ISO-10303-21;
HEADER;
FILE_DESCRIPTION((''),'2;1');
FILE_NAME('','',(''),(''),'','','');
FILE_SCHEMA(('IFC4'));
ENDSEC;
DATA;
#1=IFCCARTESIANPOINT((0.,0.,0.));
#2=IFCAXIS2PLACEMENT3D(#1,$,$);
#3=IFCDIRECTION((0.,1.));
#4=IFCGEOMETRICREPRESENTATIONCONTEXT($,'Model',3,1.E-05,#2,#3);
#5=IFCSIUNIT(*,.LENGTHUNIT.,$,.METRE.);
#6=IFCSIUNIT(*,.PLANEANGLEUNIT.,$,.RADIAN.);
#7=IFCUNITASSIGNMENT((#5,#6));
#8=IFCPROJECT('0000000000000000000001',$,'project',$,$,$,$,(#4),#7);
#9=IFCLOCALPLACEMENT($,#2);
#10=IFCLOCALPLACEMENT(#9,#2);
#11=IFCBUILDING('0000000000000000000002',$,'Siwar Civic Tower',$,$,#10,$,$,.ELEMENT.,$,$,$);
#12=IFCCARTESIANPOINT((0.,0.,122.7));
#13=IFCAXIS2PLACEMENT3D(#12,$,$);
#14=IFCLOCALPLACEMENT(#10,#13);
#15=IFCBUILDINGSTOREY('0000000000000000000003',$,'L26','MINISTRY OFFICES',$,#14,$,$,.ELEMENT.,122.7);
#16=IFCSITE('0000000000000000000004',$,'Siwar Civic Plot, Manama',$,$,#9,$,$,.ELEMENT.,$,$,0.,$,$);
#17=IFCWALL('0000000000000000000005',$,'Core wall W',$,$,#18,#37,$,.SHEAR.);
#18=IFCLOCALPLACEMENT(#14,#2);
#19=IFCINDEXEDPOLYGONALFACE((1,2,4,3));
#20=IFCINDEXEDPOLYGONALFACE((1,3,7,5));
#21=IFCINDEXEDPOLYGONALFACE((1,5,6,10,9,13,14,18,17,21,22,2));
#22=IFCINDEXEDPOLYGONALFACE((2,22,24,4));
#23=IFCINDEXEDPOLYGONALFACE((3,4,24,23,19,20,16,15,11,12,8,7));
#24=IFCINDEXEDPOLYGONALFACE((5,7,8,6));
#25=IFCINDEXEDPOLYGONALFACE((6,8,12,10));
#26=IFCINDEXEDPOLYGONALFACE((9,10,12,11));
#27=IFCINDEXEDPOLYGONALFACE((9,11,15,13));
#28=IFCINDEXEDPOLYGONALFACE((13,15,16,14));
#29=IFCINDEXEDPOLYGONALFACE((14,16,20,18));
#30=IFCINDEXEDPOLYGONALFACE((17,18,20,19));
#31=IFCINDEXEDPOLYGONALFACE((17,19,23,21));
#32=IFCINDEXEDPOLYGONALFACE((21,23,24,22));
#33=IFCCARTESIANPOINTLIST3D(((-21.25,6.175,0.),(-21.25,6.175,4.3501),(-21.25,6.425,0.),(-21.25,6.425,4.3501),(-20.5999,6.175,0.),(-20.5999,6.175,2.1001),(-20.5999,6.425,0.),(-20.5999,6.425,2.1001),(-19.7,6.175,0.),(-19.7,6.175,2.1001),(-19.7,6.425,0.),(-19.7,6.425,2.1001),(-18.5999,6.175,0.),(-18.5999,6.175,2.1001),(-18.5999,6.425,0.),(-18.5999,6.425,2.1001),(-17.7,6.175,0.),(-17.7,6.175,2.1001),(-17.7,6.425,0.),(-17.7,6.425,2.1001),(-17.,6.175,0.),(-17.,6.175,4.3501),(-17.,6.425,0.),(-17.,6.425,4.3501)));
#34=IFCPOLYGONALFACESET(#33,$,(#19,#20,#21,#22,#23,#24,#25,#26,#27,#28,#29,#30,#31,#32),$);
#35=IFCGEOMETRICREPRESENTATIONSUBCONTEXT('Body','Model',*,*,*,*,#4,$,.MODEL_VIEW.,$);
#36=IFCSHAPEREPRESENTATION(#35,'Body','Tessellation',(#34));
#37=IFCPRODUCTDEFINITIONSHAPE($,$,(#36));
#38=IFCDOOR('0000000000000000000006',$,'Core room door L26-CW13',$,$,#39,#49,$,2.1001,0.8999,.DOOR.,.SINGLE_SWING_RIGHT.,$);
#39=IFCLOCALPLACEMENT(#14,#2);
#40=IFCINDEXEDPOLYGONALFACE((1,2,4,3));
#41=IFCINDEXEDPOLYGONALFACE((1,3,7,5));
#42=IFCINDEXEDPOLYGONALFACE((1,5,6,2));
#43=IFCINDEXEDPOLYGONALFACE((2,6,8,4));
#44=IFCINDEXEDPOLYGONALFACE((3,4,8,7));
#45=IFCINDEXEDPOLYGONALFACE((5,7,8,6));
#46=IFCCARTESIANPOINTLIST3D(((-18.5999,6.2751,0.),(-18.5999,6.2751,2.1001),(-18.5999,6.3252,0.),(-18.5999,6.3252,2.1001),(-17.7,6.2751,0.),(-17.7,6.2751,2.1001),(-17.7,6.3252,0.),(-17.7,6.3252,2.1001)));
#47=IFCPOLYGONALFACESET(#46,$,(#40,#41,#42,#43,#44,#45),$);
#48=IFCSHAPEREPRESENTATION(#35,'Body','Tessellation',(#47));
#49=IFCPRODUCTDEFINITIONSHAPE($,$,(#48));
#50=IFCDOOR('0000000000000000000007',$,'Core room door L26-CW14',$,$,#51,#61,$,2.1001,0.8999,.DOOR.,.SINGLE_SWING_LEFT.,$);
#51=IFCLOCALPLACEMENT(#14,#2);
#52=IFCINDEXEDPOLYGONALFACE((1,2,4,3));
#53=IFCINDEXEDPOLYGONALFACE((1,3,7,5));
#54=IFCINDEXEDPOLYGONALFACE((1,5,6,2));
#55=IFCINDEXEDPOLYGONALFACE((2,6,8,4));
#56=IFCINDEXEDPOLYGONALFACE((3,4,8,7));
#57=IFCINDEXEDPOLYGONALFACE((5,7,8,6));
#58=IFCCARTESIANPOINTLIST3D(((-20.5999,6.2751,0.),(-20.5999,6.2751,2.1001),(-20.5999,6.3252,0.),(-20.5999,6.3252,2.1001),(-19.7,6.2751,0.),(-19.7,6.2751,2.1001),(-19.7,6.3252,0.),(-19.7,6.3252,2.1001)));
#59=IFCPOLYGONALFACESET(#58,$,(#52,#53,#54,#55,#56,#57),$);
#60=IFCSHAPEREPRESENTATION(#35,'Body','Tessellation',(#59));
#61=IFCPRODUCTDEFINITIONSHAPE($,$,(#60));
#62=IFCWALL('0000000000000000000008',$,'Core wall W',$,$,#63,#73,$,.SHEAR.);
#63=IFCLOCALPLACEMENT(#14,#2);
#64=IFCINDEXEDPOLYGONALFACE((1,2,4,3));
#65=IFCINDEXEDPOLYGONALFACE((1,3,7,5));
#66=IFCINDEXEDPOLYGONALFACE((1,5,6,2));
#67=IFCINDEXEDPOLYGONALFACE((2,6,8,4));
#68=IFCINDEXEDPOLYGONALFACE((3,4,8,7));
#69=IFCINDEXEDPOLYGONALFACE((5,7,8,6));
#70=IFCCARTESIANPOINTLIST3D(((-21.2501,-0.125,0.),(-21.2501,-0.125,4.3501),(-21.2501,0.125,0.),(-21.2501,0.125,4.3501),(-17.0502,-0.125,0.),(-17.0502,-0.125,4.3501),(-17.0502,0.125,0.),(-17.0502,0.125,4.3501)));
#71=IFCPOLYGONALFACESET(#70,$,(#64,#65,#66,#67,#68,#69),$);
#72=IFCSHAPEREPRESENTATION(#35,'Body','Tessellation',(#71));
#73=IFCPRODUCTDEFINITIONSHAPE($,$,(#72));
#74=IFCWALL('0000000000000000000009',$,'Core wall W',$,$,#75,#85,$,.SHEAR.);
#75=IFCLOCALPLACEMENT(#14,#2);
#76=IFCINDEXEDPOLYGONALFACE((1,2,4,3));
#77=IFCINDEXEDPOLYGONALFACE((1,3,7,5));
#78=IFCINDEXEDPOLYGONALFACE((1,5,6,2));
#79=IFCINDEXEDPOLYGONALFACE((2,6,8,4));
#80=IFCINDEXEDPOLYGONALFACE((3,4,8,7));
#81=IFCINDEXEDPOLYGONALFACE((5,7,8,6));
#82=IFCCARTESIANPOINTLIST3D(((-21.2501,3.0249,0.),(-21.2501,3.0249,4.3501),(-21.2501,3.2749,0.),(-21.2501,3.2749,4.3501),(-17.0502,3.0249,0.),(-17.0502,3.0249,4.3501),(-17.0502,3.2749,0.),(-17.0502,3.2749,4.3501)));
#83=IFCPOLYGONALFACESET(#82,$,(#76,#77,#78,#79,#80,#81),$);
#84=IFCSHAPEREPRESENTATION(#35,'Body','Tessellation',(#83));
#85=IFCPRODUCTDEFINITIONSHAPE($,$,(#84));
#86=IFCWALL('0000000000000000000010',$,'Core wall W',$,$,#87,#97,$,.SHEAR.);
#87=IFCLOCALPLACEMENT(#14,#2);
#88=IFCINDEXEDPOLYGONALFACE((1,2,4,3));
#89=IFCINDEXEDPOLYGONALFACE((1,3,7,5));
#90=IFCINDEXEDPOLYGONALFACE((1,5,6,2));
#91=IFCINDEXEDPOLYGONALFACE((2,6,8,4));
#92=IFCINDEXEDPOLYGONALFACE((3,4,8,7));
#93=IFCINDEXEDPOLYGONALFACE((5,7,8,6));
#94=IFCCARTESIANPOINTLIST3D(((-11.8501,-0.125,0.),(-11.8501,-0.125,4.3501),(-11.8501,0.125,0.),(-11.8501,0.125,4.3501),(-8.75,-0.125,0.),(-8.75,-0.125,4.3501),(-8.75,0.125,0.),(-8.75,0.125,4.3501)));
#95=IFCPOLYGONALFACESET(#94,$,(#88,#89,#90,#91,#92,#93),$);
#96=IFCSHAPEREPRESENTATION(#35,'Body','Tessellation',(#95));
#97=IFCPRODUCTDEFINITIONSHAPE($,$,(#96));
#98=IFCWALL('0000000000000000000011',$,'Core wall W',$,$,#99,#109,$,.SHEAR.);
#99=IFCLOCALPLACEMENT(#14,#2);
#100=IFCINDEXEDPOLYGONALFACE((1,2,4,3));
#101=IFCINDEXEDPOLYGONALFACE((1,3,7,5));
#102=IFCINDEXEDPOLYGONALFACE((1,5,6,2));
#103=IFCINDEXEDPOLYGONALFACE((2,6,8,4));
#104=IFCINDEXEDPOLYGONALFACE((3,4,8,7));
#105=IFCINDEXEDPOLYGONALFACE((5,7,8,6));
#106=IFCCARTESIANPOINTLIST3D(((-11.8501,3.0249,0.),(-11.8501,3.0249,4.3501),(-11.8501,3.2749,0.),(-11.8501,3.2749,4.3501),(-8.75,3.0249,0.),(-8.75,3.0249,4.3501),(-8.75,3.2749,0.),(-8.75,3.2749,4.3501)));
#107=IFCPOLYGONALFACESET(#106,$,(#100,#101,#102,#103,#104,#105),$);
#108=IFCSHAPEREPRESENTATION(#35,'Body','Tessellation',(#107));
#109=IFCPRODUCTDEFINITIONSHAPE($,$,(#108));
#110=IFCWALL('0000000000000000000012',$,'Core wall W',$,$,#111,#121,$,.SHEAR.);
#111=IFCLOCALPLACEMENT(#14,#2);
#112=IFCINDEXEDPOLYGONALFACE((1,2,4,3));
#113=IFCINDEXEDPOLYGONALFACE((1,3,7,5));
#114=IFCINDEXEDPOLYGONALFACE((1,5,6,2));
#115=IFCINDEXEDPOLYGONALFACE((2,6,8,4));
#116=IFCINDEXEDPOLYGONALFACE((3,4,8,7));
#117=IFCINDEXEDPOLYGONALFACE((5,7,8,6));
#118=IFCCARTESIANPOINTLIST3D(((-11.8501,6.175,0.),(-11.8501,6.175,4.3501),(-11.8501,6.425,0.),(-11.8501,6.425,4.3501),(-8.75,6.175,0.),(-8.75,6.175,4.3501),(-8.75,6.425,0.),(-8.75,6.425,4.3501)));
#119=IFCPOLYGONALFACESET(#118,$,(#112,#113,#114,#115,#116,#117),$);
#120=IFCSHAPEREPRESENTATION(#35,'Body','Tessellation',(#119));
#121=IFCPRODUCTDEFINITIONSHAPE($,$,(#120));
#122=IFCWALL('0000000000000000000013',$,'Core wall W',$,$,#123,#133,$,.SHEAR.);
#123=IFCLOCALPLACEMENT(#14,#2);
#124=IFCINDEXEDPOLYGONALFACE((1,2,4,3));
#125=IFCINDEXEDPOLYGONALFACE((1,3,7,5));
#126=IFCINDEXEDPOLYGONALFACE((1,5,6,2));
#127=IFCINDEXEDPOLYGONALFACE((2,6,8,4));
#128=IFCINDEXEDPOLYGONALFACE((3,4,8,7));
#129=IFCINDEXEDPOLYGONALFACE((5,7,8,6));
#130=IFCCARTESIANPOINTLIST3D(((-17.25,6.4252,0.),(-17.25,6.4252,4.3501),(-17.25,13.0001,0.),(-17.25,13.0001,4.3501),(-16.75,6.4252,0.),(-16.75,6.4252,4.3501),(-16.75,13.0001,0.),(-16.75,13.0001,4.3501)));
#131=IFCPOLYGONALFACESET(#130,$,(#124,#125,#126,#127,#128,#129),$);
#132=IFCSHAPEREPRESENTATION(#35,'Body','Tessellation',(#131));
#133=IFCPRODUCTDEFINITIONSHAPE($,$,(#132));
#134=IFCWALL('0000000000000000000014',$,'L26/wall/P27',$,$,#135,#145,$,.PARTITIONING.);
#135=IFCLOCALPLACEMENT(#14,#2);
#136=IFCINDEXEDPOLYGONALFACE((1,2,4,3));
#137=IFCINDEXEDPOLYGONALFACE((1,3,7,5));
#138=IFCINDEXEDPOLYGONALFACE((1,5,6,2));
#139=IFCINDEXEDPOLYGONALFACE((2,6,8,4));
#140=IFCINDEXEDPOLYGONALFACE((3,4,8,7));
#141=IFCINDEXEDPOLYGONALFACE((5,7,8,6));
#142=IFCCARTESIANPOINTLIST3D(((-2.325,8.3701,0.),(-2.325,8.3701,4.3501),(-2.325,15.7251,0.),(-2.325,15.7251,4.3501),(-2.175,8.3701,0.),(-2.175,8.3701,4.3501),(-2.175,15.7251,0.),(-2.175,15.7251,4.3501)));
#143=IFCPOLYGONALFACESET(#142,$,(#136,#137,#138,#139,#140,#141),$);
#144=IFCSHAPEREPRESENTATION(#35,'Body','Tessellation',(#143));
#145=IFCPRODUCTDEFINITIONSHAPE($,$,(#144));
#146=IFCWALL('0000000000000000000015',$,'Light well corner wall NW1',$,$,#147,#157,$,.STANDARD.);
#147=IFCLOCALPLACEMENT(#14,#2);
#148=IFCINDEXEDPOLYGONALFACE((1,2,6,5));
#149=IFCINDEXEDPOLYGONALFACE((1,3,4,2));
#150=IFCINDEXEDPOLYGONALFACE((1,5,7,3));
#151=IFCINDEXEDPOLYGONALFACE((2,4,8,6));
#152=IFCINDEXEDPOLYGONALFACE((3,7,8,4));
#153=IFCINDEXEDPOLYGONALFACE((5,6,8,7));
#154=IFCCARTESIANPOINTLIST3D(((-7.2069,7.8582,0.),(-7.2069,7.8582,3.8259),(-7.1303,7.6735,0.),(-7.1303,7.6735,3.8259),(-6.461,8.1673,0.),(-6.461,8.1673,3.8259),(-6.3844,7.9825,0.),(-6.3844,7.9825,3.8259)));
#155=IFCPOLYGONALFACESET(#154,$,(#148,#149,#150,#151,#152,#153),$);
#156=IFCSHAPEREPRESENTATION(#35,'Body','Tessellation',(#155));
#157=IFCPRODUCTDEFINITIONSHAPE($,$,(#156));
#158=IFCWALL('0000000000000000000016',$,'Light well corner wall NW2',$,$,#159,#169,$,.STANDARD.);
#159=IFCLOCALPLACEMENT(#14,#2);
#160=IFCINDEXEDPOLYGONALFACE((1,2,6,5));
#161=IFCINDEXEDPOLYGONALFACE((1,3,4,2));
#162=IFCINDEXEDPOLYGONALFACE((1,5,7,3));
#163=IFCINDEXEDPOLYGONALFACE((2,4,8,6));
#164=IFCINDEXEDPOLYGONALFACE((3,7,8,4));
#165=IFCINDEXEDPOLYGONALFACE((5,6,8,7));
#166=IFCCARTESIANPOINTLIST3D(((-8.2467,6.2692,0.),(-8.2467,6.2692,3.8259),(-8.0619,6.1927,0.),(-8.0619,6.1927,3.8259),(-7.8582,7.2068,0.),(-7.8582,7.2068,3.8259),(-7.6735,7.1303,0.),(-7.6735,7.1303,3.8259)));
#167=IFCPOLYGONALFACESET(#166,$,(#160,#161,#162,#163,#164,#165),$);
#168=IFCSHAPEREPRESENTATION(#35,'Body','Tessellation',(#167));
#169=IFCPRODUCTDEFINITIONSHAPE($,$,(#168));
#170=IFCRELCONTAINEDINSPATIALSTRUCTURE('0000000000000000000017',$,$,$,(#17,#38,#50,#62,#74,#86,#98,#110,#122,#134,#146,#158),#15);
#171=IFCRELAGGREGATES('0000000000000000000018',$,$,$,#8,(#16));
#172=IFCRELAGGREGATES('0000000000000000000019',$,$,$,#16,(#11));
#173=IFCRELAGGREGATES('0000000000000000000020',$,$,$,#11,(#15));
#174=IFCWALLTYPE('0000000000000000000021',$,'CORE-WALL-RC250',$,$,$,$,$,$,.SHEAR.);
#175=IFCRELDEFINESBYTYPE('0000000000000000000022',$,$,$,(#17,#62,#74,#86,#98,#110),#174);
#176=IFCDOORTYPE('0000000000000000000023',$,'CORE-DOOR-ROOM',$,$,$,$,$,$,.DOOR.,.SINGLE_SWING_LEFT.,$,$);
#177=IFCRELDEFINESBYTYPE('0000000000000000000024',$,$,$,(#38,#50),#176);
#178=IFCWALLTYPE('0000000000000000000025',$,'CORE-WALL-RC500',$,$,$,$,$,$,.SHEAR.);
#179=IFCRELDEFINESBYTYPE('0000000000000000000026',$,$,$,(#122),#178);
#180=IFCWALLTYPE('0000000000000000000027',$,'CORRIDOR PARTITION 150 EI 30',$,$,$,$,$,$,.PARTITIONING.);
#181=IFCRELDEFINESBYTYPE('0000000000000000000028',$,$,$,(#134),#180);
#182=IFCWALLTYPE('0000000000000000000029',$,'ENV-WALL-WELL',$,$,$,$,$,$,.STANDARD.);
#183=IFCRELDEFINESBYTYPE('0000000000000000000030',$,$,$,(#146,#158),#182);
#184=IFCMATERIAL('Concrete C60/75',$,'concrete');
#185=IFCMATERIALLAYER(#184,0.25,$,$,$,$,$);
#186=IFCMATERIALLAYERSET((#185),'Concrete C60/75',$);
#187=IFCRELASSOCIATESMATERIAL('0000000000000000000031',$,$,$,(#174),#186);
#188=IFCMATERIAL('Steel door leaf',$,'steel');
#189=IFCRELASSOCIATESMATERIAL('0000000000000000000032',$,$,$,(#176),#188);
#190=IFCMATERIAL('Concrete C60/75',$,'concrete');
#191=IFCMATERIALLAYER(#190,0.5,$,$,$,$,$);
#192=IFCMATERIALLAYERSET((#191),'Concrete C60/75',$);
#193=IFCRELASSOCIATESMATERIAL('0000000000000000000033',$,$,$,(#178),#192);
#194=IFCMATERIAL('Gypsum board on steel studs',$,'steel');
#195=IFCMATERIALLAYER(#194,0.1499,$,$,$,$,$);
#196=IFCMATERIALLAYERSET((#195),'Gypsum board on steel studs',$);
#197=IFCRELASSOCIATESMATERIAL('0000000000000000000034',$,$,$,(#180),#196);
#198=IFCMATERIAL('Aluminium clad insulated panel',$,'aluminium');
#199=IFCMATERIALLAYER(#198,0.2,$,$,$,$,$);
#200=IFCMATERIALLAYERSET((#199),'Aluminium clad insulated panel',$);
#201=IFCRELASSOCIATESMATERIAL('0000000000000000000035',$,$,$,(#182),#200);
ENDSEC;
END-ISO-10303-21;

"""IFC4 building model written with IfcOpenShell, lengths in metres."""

from ifc_helpers import new_model, si_unit, direction, frame, frame_2d, origin, place, context, subcontext, project, spatial, rectangle, extrude, material, layer, layer_set, type_object, element, fill, save


model = new_model("IFC4")

# Units and contexts
model_context = context("Model", 3, precision=1e-05, world=origin(), true_north=direction((0.0, 1.0)))
body_context = subcontext(model_context, "Body", "Model", "MODEL_VIEW")
ifc_project = project(units=[si_unit("LENGTHUNIT", "METRE"), si_unit("PLANEANGLEUNIT", "RADIAN")], contexts=[model_context])

# Site, building, storey
site_placement = place(None, origin())
site = spatial("IfcSite", under=ifc_project, at=site_placement, Name="Siwar Civic Plot, Manama", CompositionType="ELEMENT", RefElevation=0.0)
building_placement = place(site_placement, origin())
building = spatial("IfcBuilding", under=site, at=building_placement, Name="Siwar Civic Tower", CompositionType="ELEMENT")
storey_placement = place(building_placement, frame((0.0, 0.0, 122.7)))
storey = spatial("IfcBuildingStorey", under=building, at=storey_placement, Name="L26", Description="MINISTRY OFFICES", CompositionType="ELEMENT", Elevation=122.7)

# Shared definitions
ifc_material_1 = material(Name="Concrete C60/75", Category="concrete")
ifc_layer_1 = layer(ifc_material_1, 0.25)
ifc_layer_set_1 = layer_set([ifc_layer_1], Name="Concrete C60/75")
wall_type_1 = type_object("IfcWallType", Name="CORE-WALL-RC250", PredefinedType="SHEAR", material=ifc_layer_set_1)

# Wall, openings, doors
wall_1_placement = place(storey_placement, frame((-17.0, 6.3, 0.0), z_axis=(0.0, 0.0, 1.0), x_axis=(-1.0, 0.0, 0.0)))
wall_1 = element("IfcWall", 1, at=wall_1_placement, inside=storey, type_object=wall_type_1, Name="Core wall W", PredefinedType="SHEAR", context=body_context, shape_type="SweptSolid", body=[
    extrude(rectangle(XDim=4.25, YDim=0.25, at=frame_2d((2.125, 0.0))), origin(), (0.0, 0.0, 1.0), 4.3501),
])
opening_1_placement = place(wall_1_placement, frame((0.7, 0.0, 0.0)))
opening_1 = element("IfcOpeningElement", 2, at=opening_1_placement, cuts=wall_1, PredefinedType="OPENING", context=body_context, shape_type="SweptSolid", body=[
    extrude(rectangle(XDim=0.8999, YDim=2.1001, at=frame_2d((0.45, 1.05))), frame((0.0, 0.135, 0.0), z_axis=(0.0, -1.0, 0.0), x_axis=(1.0, 0.0, 0.0)), (0.0, 0.0, 1.0), 0.27),
])
opening_2_placement = place(wall_1_placement, frame((2.7, 0.0, 0.0)))
opening_2 = element("IfcOpeningElement", 3, at=opening_2_placement, cuts=wall_1, PredefinedType="OPENING", context=body_context, shape_type="SweptSolid", body=[
    extrude(rectangle(XDim=0.8999, YDim=2.1001, at=frame_2d((0.45, 1.05))), frame((0.0, 0.135, 0.0), z_axis=(0.0, -1.0, 0.0), x_axis=(1.0, 0.0, 0.0)), (0.0, 0.0, 1.0), 0.27),
])
ifc_material_2 = material(Name="Steel door leaf", Category="steel")
door_type_1 = type_object("IfcDoorType", Name="CORE-DOOR-ROOM", OperationType="SINGLE_SWING_LEFT", PredefinedType="DOOR", material=ifc_material_2)
door_1_placement = place(opening_1_placement, origin())
door_1 = element("IfcDoor", 4, at=door_1_placement, inside=storey, type_object=door_type_1, Name="Core room door L26-CW13", OperationType="SINGLE_SWING_RIGHT", OverallHeight=2.1001, OverallWidth=0.8999, PredefinedType="DOOR", context=body_context, shape_type="SweptSolid", body=[
    extrude(rectangle(XDim=0.8999, YDim=2.1001, at=frame_2d((0.45, 1.05))), frame((0.0, 0.0249, 0.0), z_axis=(0.0, -1.0, 0.0), x_axis=(1.0, 0.0, 0.0)), (0.0, 0.0, 1.0), 0.05),
])
fill(opening_1, door_1)
door_2_placement = place(opening_2_placement, origin())
door_2 = element("IfcDoor", 5, at=door_2_placement, inside=storey, type_object=door_type_1, Name="Core room door L26-CW14", OperationType="SINGLE_SWING_LEFT", OverallHeight=2.1001, OverallWidth=0.8999, PredefinedType="DOOR", context=body_context, shape_type="SweptSolid", body=[
    extrude(rectangle(XDim=0.8999, YDim=2.1001, at=frame_2d((0.45, 1.05))), frame((0.0, 0.0249, 0.0), z_axis=(0.0, -1.0, 0.0), x_axis=(1.0, 0.0, 0.0)), (0.0, 0.0, 1.0), 0.05),
])
fill(opening_2, door_2)

# Walls
for number, where, z_axis, x_axis, name in (
    (6, (-17.05, 0.0, 0.0), (0.0, 0.0, 1.0), (-1.0, 0.0, 0.0), "Core wall W"),
    (7, (-17.05, 3.1499, 0.0), (0.0, 0.0, 1.0), (-1.0, 0.0, 0.0), "Core wall W"),
):
    element("IfcWall", number, at=place(storey_placement, frame(where, z_axis=z_axis, x_axis=x_axis)), inside=storey, type_object=wall_type_1, Name=name, PredefinedType="SHEAR", context=body_context, shape_type="SweptSolid", body=[
        extrude(rectangle(XDim=4.2, YDim=0.25, at=frame_2d((2.1001, 0.0))), origin(), (0.0, 0.0, 1.0), 4.3501),
    ])
for number, where, z_axis, x_axis, name in (
    (8, (-8.75, 0.0, 0.0), (0.0, 0.0, 1.0), (-1.0, 0.0, 0.0), "Core wall W"),
    (9, (-8.75, 3.1499, 0.0), (0.0, 0.0, 1.0), (-1.0, 0.0, 0.0), "Core wall W"),
    (10, (-8.75, 6.3, 0.0), (0.0, 0.0, 1.0), (-1.0, 0.0, 0.0), "Core wall W"),
):
    element("IfcWall", number, at=place(storey_placement, frame(where, z_axis=z_axis, x_axis=x_axis)), inside=storey, type_object=wall_type_1, Name=name, PredefinedType="SHEAR", context=body_context, shape_type="SweptSolid", body=[
        extrude(rectangle(XDim=3.1001, YDim=0.25, at=frame_2d((1.55, 0.0))), origin(), (0.0, 0.0, 1.0), 4.3501),
    ])
ifc_material_3 = material(Name="Concrete C60/75", Category="concrete")
ifc_layer_2 = layer(ifc_material_3, 0.5)
ifc_layer_set_2 = layer_set([ifc_layer_2], Name="Concrete C60/75")
wall_type_2 = type_object("IfcWallType", Name="CORE-WALL-RC500", PredefinedType="SHEAR", material=ifc_layer_set_2)
wall_2_placement = place(storey_placement, frame((-17.0, 6.425, 0.0), z_axis=(0.0, 0.0, 1.0), x_axis=(0.0, 1.0, 0.0)))
element("IfcWall", 11, at=wall_2_placement, inside=storey, type_object=wall_type_2, Name="Core wall W", PredefinedType="SHEAR", context=body_context, shape_type="SweptSolid", body=[
    extrude(rectangle(XDim=6.575, YDim=0.5, at=frame_2d((3.2876, 0.0))), origin(), (0.0, 0.0, 1.0), 4.3501),
])
ifc_material_4 = material(Name="Gypsum board on steel studs", Category="steel")
ifc_layer_3 = layer(ifc_material_4, 0.1499)
ifc_layer_set_3 = layer_set([ifc_layer_3], Name="Gypsum board on steel studs")
wall_type_3 = type_object("IfcWallType", Name="CORRIDOR PARTITION 150 EI 30", PredefinedType="PARTITIONING", material=ifc_layer_set_3)
wall_3_placement = place(storey_placement, frame((-2.25, 8.3701, 0.0), z_axis=(0.0, 0.0, 1.0), x_axis=(0.0, 1.0, 0.0)))
element("IfcWall", 12, at=wall_3_placement, inside=storey, type_object=wall_type_3, Name="L26/wall/P27", PredefinedType="PARTITIONING", context=body_context, shape_type="SweptSolid", body=[
    extrude(rectangle(XDim=7.355, YDim=0.1499, at=frame_2d((3.6775, 0.0))), origin(), (0.0, 0.0, 1.0), 4.3501),
])
ifc_material_5 = material(Name="Aluminium clad insulated panel", Category="aluminium")
ifc_layer_4 = layer(ifc_material_5, 0.2)
ifc_layer_set_4 = layer_set([ifc_layer_4], Name="Aluminium clad insulated panel")
wall_type_4 = type_object("IfcWallType", Name="ENV-WALL-WELL", PredefinedType="STANDARD", material=ifc_layer_set_4)
wall_4_placement = place(storey_placement, frame((-6.4226, 8.075, 0.0), z_axis=(0.0, 0.0, 1.0), x_axis=(-0.923818, -0.382833, 0.0)))
element("IfcWall", 13, at=wall_4_placement, inside=storey, type_object=wall_type_4, Name="Light well corner wall NW1", PredefinedType="STANDARD", context=body_context, shape_type="SweptSolid", body=[
    extrude(rectangle(XDim=0.8074, YDim=0.2, at=frame_2d((0.4038, 0.0))), origin(), (0.0, 0.0, 1.0), 3.8259),
])
wall_5_placement = place(storey_placement, frame((-7.7659, 7.1685, 0.0), z_axis=(0.0, 0.0, 1.0), x_axis=(-0.38277, -0.923844, 0.0)))
element("IfcWall", 14, at=wall_5_placement, inside=storey, type_object=wall_type_4, Name="Light well corner wall NW2", PredefinedType="STANDARD", context=body_context, shape_type="SweptSolid", body=[
    extrude(rectangle(XDim=1.0149, YDim=0.2, at=frame_2d((0.5073, 0.0))), origin(), (0.0, 0.0, 1.0), 3.8259),
])

save(model, "model.ifc")
